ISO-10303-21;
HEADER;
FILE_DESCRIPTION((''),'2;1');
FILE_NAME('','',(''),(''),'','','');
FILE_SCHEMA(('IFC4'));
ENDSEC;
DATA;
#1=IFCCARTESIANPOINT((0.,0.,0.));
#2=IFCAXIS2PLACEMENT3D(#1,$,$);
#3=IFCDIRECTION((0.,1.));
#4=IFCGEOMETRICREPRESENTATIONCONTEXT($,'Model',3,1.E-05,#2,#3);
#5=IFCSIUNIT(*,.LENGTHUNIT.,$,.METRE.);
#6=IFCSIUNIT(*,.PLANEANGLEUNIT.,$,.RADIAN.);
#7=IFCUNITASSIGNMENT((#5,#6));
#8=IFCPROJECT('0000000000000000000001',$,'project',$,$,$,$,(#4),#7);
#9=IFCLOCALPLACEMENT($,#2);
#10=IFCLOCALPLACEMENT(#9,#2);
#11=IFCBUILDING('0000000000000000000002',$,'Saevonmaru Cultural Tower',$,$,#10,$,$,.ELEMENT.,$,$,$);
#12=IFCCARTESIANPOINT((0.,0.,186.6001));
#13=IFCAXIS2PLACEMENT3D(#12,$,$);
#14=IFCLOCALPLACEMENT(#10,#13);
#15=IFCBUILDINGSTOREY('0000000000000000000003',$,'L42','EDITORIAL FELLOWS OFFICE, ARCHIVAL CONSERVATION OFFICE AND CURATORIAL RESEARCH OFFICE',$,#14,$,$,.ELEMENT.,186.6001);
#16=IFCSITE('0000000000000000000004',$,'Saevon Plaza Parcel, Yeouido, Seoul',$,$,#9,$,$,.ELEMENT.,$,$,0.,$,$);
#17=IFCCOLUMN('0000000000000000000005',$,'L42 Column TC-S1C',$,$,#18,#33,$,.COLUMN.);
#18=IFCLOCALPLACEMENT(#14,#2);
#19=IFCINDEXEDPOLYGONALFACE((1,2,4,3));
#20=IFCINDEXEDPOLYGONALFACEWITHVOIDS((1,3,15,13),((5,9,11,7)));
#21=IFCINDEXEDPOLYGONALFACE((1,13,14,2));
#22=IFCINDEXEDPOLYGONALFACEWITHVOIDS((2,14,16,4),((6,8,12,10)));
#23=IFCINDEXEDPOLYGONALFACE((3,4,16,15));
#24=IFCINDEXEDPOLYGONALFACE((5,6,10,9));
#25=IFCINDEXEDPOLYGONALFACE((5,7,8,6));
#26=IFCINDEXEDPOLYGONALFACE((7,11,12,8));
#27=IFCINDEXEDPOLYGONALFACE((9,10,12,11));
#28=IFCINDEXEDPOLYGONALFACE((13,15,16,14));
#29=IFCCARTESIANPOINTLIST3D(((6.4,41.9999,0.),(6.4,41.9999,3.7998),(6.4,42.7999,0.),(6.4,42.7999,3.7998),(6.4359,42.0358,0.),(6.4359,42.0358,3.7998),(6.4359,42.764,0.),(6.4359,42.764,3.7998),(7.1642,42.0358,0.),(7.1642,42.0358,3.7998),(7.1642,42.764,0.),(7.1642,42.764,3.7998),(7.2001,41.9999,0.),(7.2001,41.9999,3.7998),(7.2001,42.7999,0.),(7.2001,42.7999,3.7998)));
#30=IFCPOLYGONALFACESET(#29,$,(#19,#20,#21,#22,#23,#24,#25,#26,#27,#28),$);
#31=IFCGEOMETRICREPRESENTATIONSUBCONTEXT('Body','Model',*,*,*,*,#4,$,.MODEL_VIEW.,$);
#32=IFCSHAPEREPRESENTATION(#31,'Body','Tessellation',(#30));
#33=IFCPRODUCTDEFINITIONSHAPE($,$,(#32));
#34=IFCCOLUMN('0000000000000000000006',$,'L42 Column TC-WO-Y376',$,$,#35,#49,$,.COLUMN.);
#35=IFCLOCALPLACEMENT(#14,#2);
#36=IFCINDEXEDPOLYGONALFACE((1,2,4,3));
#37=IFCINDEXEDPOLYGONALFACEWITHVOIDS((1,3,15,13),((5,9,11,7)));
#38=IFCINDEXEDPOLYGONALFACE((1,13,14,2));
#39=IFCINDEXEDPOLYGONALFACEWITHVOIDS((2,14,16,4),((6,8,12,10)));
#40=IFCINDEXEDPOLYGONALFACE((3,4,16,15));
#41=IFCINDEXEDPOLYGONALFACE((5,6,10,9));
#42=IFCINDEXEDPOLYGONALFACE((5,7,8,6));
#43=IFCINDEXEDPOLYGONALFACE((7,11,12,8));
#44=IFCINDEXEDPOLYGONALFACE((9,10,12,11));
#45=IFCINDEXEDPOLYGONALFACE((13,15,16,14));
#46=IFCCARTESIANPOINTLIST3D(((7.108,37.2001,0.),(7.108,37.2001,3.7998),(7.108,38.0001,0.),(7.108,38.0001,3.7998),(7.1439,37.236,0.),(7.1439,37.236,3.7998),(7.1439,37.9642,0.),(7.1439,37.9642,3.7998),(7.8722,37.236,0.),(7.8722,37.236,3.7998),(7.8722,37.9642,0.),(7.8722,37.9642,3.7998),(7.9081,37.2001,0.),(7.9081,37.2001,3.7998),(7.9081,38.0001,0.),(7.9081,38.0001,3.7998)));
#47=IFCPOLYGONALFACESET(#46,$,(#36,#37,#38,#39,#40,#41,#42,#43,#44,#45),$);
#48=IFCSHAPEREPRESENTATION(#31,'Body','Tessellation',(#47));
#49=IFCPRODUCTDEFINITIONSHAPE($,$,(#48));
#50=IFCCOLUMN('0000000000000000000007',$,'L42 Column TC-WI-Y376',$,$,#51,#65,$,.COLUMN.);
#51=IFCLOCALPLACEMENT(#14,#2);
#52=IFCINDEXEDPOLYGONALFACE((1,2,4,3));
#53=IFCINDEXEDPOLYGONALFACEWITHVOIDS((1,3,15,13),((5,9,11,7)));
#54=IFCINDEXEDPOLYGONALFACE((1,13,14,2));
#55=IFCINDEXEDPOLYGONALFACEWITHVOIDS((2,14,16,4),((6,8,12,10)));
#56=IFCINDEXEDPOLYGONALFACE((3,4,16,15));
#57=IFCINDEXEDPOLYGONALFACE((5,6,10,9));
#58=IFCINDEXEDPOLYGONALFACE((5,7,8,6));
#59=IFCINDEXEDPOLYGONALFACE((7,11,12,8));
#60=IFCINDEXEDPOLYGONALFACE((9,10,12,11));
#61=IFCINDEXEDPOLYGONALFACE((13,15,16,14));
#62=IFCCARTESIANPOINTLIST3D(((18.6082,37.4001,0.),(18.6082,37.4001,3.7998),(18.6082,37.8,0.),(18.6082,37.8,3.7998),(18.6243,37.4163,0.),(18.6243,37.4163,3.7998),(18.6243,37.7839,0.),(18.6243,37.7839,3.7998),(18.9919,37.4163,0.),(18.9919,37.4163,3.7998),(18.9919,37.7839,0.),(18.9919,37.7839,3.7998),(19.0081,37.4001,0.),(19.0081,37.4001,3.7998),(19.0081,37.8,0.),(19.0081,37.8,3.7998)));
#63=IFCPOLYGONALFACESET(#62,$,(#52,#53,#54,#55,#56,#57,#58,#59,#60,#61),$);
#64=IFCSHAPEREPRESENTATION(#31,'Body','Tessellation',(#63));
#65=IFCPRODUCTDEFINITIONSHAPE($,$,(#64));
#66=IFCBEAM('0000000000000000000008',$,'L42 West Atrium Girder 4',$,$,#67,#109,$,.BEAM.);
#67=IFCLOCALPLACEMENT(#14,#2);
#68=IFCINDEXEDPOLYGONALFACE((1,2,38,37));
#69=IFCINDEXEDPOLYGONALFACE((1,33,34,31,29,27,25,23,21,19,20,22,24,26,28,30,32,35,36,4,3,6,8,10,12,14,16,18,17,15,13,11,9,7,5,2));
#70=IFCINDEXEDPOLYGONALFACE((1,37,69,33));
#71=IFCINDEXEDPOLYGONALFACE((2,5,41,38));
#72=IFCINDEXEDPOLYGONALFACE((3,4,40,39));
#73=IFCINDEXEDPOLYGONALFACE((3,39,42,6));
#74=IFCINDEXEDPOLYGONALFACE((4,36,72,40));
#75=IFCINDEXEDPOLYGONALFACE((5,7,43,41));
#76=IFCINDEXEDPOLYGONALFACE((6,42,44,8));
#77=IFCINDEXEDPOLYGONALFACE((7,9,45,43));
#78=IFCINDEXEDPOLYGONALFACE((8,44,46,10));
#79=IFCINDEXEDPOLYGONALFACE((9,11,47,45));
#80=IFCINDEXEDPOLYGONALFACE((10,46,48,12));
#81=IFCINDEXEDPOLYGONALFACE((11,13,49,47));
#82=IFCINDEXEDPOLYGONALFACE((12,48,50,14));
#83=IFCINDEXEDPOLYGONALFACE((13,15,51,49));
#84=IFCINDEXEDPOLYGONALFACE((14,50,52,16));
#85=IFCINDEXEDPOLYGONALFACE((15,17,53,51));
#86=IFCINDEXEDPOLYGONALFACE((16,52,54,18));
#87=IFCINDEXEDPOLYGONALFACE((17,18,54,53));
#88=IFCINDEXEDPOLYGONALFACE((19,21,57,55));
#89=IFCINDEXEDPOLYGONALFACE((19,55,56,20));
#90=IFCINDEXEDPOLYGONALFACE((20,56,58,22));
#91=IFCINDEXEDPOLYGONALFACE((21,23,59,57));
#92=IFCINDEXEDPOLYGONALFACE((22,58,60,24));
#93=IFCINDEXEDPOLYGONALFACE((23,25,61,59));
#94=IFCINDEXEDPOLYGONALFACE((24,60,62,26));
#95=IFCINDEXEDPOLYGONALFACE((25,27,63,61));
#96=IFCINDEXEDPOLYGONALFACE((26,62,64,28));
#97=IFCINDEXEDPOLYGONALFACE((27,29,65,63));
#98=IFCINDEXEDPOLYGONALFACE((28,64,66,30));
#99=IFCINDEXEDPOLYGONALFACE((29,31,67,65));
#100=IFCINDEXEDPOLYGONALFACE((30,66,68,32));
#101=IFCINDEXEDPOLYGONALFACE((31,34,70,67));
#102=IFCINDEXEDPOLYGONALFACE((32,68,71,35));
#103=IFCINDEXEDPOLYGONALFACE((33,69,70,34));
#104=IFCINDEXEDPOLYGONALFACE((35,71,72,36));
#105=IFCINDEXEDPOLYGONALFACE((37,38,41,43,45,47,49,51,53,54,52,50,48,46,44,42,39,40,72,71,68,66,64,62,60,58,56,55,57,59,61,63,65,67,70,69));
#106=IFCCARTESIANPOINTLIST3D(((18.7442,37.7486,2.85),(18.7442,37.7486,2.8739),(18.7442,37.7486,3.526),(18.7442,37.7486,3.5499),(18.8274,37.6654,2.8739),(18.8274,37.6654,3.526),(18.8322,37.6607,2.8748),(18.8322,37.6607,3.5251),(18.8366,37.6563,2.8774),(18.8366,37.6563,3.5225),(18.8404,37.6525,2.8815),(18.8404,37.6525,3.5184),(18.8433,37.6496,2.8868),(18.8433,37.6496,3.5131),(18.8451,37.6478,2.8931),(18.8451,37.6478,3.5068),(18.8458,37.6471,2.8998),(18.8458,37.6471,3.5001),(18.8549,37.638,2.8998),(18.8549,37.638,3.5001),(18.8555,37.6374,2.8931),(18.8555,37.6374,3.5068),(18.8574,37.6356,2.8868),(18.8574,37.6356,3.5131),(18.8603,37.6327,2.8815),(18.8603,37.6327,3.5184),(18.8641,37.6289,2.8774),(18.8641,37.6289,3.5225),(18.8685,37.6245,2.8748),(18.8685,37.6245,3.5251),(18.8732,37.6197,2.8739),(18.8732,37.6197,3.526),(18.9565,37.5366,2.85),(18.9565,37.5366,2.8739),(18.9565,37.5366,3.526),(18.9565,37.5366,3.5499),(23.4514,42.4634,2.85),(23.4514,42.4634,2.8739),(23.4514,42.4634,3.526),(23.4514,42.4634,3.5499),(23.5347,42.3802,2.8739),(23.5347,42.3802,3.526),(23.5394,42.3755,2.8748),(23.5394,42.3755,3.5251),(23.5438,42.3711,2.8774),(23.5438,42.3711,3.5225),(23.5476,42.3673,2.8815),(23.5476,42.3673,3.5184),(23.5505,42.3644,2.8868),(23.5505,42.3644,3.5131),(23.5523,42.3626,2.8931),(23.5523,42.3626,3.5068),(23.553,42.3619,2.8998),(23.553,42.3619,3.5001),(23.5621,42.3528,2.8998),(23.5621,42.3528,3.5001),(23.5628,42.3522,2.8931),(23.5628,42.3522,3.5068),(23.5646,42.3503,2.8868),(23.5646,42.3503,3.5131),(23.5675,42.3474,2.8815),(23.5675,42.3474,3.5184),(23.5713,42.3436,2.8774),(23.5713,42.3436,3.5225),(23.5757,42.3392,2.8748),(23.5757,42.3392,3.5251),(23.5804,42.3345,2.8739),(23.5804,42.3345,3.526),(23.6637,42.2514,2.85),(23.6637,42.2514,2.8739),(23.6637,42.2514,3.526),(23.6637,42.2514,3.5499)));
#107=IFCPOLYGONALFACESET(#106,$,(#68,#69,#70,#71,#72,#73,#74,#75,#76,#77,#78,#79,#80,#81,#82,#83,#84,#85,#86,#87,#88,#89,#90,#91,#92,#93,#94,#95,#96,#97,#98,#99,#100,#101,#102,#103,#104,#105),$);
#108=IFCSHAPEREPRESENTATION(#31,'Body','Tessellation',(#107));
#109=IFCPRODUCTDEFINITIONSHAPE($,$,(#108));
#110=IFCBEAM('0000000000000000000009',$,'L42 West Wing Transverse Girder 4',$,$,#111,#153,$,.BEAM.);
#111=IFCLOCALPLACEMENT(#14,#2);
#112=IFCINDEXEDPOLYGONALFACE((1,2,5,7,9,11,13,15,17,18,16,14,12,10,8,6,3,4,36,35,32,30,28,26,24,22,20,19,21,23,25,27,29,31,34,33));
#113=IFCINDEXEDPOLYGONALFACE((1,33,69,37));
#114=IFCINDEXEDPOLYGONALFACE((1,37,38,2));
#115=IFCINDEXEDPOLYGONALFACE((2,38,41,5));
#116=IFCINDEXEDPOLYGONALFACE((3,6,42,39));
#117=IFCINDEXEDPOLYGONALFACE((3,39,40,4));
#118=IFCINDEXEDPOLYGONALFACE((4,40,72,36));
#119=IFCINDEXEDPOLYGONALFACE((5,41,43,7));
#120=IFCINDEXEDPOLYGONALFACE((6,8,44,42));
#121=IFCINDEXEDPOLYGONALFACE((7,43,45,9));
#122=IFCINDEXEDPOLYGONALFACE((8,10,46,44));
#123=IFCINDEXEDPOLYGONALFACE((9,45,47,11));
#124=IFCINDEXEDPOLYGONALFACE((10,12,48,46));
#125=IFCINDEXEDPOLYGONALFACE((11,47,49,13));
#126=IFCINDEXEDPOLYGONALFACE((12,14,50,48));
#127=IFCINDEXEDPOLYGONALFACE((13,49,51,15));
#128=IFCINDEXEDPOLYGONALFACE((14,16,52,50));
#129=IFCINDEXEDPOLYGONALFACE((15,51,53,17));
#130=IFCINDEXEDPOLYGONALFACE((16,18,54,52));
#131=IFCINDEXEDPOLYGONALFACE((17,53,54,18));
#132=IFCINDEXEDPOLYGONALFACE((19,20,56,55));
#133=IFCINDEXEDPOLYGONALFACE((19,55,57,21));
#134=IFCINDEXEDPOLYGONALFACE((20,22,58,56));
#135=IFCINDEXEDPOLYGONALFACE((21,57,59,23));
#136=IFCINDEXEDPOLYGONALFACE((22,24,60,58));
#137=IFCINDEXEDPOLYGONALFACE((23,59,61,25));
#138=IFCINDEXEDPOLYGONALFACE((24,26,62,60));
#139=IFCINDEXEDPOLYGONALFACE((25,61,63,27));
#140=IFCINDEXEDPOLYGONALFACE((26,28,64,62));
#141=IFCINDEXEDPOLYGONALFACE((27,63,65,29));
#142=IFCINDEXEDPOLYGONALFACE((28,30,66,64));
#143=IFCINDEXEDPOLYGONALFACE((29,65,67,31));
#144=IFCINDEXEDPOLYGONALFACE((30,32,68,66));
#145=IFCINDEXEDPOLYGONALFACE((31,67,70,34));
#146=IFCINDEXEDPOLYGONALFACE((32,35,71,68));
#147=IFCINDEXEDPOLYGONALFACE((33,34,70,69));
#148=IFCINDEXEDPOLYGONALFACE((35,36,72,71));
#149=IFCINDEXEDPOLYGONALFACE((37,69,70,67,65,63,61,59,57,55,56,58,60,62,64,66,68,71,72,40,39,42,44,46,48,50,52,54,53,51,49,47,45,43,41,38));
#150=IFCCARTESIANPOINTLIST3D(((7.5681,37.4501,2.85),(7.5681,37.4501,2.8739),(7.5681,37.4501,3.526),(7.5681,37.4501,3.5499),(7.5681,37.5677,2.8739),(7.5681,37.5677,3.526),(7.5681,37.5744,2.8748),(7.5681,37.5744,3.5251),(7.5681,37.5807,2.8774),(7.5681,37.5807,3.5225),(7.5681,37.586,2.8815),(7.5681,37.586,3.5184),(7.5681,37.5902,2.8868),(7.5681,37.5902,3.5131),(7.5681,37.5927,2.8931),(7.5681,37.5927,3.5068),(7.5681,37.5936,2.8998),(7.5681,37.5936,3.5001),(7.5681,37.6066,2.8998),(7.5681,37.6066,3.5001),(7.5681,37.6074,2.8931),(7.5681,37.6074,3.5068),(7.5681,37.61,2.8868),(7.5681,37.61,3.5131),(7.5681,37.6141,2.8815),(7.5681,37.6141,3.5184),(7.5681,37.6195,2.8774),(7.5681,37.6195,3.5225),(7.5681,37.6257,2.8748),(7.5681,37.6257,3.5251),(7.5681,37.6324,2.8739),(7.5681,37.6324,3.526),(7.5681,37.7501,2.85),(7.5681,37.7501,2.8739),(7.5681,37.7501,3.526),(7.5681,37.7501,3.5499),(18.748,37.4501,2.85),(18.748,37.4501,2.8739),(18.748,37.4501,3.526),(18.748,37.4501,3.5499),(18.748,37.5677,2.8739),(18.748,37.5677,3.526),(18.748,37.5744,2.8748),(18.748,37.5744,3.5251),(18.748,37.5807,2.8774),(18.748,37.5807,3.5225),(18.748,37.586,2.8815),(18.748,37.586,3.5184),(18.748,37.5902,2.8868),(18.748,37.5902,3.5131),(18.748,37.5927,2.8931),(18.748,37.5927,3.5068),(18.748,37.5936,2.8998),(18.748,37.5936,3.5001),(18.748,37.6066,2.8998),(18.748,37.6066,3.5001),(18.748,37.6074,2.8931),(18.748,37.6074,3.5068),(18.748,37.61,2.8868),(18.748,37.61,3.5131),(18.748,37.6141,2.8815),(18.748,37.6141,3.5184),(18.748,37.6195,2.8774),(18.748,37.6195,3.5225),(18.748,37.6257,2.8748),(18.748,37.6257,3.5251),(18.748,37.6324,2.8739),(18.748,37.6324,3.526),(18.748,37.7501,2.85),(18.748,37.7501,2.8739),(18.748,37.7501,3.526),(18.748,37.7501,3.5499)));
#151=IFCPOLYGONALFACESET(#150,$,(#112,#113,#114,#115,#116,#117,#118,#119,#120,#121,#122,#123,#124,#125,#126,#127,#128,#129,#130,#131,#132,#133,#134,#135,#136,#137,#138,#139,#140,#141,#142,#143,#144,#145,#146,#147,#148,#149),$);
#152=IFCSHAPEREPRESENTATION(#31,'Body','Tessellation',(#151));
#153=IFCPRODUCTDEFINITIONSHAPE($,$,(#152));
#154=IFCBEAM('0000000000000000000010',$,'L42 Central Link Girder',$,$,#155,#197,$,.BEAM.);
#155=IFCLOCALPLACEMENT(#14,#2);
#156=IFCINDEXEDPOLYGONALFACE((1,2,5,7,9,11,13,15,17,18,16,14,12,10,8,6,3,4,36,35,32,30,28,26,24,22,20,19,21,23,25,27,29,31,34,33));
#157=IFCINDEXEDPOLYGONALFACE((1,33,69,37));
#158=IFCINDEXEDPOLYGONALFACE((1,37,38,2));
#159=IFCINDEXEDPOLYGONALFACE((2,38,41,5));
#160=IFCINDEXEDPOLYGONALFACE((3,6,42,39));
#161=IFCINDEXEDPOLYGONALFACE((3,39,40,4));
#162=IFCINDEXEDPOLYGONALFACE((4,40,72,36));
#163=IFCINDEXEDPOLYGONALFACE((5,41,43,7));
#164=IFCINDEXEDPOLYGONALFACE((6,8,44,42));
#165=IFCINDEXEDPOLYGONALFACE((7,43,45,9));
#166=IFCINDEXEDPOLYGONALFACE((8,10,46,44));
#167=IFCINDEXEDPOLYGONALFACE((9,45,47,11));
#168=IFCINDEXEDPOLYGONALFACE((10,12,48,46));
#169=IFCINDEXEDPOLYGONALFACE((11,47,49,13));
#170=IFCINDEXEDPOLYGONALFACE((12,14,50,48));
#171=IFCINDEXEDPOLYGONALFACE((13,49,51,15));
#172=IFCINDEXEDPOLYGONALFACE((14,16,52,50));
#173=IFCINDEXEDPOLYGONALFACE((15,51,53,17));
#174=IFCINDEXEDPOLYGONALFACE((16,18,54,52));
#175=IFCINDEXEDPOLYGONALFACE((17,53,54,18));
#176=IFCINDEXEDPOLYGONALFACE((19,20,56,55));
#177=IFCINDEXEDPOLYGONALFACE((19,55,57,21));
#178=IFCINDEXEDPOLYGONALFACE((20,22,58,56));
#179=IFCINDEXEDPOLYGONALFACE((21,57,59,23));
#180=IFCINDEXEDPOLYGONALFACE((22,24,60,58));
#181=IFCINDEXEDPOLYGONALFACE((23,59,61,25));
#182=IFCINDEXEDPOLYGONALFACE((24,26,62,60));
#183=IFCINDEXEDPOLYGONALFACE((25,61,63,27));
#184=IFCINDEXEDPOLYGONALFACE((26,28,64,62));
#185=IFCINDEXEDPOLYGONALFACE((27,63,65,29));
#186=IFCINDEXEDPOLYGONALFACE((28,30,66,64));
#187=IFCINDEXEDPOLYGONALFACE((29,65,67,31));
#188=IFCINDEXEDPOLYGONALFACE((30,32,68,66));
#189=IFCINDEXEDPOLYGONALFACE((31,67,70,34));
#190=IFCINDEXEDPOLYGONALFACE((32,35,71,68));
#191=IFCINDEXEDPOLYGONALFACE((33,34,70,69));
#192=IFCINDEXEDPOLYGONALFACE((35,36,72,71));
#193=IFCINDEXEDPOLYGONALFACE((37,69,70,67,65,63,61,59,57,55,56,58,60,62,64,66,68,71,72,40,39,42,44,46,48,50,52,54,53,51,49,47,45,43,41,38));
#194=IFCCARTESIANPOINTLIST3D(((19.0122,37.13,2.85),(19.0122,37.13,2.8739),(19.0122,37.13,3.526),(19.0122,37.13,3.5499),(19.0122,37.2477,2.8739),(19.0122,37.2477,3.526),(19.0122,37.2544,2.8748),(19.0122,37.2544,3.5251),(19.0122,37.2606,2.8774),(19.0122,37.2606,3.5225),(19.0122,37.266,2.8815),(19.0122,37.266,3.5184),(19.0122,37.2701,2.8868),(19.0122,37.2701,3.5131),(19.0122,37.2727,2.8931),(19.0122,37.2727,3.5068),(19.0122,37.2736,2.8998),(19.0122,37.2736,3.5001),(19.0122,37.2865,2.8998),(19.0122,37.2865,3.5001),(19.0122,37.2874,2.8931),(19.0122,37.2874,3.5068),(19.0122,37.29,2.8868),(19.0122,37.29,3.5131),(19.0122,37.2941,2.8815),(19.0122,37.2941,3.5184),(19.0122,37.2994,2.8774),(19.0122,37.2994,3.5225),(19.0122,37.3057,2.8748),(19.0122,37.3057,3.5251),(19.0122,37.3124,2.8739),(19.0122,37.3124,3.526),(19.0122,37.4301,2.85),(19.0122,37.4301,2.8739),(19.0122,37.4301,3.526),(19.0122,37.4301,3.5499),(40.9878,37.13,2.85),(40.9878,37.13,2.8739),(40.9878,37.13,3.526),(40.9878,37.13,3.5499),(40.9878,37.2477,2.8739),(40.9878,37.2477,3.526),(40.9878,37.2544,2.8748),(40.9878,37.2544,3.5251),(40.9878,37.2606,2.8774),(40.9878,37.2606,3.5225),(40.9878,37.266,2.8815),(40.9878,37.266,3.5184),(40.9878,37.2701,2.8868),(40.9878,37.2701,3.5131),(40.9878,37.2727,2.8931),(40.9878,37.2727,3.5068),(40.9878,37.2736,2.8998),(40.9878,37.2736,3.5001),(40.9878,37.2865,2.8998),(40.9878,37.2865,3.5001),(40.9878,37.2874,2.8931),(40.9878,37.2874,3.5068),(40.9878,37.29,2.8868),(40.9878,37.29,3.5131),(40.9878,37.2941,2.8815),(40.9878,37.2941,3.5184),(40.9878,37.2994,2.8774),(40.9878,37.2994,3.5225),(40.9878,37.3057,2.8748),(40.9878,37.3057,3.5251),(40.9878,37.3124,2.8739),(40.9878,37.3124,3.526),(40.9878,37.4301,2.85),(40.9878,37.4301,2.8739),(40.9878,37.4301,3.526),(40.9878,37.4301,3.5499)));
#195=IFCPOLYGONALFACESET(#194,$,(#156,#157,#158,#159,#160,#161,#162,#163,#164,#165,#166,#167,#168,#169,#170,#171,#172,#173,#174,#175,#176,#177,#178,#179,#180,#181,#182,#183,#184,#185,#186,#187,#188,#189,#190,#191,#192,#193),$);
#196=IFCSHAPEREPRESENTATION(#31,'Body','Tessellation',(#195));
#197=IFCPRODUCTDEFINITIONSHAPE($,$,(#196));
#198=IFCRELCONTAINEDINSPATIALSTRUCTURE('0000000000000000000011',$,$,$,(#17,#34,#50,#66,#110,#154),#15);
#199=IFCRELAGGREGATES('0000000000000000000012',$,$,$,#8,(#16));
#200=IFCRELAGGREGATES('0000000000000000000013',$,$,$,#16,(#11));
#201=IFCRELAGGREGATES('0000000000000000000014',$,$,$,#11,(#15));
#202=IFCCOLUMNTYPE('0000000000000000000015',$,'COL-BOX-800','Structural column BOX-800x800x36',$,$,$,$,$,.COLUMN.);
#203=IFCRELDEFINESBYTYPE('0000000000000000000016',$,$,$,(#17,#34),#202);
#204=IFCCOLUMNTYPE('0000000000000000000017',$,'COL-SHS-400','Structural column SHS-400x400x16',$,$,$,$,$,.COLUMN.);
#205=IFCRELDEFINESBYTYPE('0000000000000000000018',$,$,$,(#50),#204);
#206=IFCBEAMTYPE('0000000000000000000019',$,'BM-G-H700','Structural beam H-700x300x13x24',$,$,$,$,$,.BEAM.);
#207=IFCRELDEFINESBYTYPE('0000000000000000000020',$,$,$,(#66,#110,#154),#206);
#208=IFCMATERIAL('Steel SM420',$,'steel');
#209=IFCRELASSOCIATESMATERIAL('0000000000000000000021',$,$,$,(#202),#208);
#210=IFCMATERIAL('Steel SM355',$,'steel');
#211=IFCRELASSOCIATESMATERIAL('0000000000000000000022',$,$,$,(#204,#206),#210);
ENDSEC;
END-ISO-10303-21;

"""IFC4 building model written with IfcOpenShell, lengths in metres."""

from ifc_helpers import new_model, si_unit, direction, frame, origin, origin_2d, place, context, subcontext, project, spatial, hollow_rectangle, i_section, extrude, material, material_profile, profile_set, type_object, element, save


model = new_model("IFC4")

# Units and contexts
model_context = context("Model", 3, precision=1e-05, world=origin(), true_north=direction((0.0, 1.0)))
body_context = subcontext(model_context, "Body", "Model", "MODEL_VIEW")
ifc_project = project(units=[si_unit("LENGTHUNIT", "METRE"), si_unit("PLANEANGLEUNIT", "RADIAN")], contexts=[model_context])

# Site, building, storey
site_placement = place(None, origin())
site = spatial("IfcSite", under=ifc_project, at=site_placement, Name="Saevon Plaza Parcel, Yeouido, Seoul", CompositionType="ELEMENT", RefElevation=0.0)
building_placement = place(site_placement, origin())
building = spatial("IfcBuilding", under=site, at=building_placement, Name="Saevonmaru Cultural Tower", CompositionType="ELEMENT")
storey_placement = place(building_placement, frame((0.0, 0.0, 186.6001)))
storey = spatial("IfcBuildingStorey", under=building, at=storey_placement, Name="L42", Description="EDITORIAL FELLOWS OFFICE, ARCHIVAL CONSERVATION OFFICE AND CURATORIAL RESEARCH OFFICE", CompositionType="ELEMENT", Elevation=186.6001)

# Columns
ifc_material_1 = material(Name="Steel SM420", Category="steel")
ifc_material_profile_1 = material_profile(ifc_material_1, hollow_rectangle(XDim=0.8, YDim=0.8, WallThickness=0.0359, at=origin_2d()), Name="BOX-800x800x36")
ifc_profile_set_1 = profile_set([ifc_material_profile_1], Name="Steel SM420")
column_type_1 = type_object("IfcColumnType", Name="COL-BOX-800", Description="Structural column BOX-800x800x36", PredefinedType="COLUMN", material=ifc_profile_set_1)
for number, where, z_axis, x_axis, name in (
    (1, (6.8, 42.3999, 0.0), (0.0, 0.0, 1.0), (1.0, 0.0, 0.0), "L42 Column TC-S1C"),
    (2, (7.5081, 37.6001, 0.0), (0.0, 0.0, 1.0), (1.0, 0.0, 0.0), "L42 Column TC-WO-Y376"),
):
    element("IfcColumn", number, at=place(storey_placement, frame(where, z_axis=z_axis, x_axis=x_axis)), inside=storey, type_object=column_type_1, Name=name, PredefinedType="COLUMN", context=body_context, shape_type="SweptSolid", body=[
        extrude(hollow_rectangle(XDim=0.8, YDim=0.8, WallThickness=0.0359, at=origin_2d()), origin(), (0.0, 0.0, 1.0), 3.7998),
    ])
ifc_material_2 = material(Name="Steel SM355", Category="steel")
ifc_material_profile_2 = material_profile(ifc_material_2, hollow_rectangle(XDim=0.3999, YDim=0.3999, WallThickness=0.0161, at=origin_2d()), Name="SHS-400x400x16")
ifc_profile_set_2 = profile_set([ifc_material_profile_2], Name="Steel SM355")
column_type_2 = type_object("IfcColumnType", Name="COL-SHS-400", Description="Structural column SHS-400x400x16", PredefinedType="COLUMN", material=ifc_profile_set_2)
column_placement = place(storey_placement, frame((18.8081, 37.6001, 0.0), z_axis=(0.0, 0.0, 1.0), x_axis=(1.0, 0.0, 0.0)))
element("IfcColumn", 3, at=column_placement, inside=storey, type_object=column_type_2, Name="L42 Column TC-WI-Y376", PredefinedType="COLUMN", context=body_context, shape_type="SweptSolid", body=[
    extrude(hollow_rectangle(XDim=0.3999, YDim=0.3999, WallThickness=0.0161, at=origin_2d()), origin(), (0.0, 0.0, 1.0), 3.7998),
])

# Beams
ifc_material_profile_3 = material_profile(ifc_material_2, i_section(OverallWidth=0.3, OverallDepth=0.7, WebThickness=0.0129, FlangeThickness=0.0239, FilletRadius=0.0259, at=origin_2d()), Name="H-700x300x13x24")
ifc_profile_set_3 = profile_set([ifc_material_profile_3], Name="Steel SM355")
beam_type_1 = type_object("IfcBeamType", Name="BM-G-H700", Description="Structural beam H-700x300x13x24", PredefinedType="BEAM", material=ifc_profile_set_3)
beam_1_placement = place(storey_placement, frame((18.8503, 37.6426, 3.2), z_axis=(0.706539, 0.707675, 0.0), x_axis=(-0.707675, 0.706539, 0.0)))
element("IfcBeam", 4, at=beam_1_placement, inside=storey, type_object=beam_type_1, Name="L42 West Atrium Girder 4", PredefinedType="BEAM", context=body_context, shape_type="SweptSolid", body=[
    extrude(i_section(OverallWidth=0.3, OverallDepth=0.7, WebThickness=0.0129, FlangeThickness=0.0239, FilletRadius=0.0259, at=origin_2d()), origin(), (0.0, 0.0, 1.0), 6.6624),
])
beam_2_placement = place(storey_placement, frame((7.5681, 37.6001, 3.2), z_axis=(1.0, 0.0, 0.0), x_axis=(0.0, 1.0, 0.0)))
element("IfcBeam", 5, at=beam_2_placement, inside=storey, type_object=beam_type_1, Name="L42 West Wing Transverse Girder 4", PredefinedType="BEAM", context=body_context, shape_type="SweptSolid", body=[
    extrude(i_section(OverallWidth=0.3, OverallDepth=0.7, WebThickness=0.0129, FlangeThickness=0.0239, FilletRadius=0.0259, at=origin_2d()), origin(), (0.0, 0.0, 1.0), 11.1799),
])
beam_3_placement = place(storey_placement, frame((19.0122, 37.28, 3.2), z_axis=(1.0, 0.0, 0.0), x_axis=(0.0, 1.0, 0.0)))
element("IfcBeam", 6, at=beam_3_placement, inside=storey, type_object=beam_type_1, Name="L42 Central Link Girder", PredefinedType="BEAM", context=body_context, shape_type="SweptSolid", body=[
    extrude(i_section(OverallWidth=0.3, OverallDepth=0.7, WebThickness=0.0129, FlangeThickness=0.0239, FilletRadius=0.0259, at=origin_2d()), origin(), (0.0, 0.0, 1.0), 21.9756),
])

save(model, "model.ifc")
